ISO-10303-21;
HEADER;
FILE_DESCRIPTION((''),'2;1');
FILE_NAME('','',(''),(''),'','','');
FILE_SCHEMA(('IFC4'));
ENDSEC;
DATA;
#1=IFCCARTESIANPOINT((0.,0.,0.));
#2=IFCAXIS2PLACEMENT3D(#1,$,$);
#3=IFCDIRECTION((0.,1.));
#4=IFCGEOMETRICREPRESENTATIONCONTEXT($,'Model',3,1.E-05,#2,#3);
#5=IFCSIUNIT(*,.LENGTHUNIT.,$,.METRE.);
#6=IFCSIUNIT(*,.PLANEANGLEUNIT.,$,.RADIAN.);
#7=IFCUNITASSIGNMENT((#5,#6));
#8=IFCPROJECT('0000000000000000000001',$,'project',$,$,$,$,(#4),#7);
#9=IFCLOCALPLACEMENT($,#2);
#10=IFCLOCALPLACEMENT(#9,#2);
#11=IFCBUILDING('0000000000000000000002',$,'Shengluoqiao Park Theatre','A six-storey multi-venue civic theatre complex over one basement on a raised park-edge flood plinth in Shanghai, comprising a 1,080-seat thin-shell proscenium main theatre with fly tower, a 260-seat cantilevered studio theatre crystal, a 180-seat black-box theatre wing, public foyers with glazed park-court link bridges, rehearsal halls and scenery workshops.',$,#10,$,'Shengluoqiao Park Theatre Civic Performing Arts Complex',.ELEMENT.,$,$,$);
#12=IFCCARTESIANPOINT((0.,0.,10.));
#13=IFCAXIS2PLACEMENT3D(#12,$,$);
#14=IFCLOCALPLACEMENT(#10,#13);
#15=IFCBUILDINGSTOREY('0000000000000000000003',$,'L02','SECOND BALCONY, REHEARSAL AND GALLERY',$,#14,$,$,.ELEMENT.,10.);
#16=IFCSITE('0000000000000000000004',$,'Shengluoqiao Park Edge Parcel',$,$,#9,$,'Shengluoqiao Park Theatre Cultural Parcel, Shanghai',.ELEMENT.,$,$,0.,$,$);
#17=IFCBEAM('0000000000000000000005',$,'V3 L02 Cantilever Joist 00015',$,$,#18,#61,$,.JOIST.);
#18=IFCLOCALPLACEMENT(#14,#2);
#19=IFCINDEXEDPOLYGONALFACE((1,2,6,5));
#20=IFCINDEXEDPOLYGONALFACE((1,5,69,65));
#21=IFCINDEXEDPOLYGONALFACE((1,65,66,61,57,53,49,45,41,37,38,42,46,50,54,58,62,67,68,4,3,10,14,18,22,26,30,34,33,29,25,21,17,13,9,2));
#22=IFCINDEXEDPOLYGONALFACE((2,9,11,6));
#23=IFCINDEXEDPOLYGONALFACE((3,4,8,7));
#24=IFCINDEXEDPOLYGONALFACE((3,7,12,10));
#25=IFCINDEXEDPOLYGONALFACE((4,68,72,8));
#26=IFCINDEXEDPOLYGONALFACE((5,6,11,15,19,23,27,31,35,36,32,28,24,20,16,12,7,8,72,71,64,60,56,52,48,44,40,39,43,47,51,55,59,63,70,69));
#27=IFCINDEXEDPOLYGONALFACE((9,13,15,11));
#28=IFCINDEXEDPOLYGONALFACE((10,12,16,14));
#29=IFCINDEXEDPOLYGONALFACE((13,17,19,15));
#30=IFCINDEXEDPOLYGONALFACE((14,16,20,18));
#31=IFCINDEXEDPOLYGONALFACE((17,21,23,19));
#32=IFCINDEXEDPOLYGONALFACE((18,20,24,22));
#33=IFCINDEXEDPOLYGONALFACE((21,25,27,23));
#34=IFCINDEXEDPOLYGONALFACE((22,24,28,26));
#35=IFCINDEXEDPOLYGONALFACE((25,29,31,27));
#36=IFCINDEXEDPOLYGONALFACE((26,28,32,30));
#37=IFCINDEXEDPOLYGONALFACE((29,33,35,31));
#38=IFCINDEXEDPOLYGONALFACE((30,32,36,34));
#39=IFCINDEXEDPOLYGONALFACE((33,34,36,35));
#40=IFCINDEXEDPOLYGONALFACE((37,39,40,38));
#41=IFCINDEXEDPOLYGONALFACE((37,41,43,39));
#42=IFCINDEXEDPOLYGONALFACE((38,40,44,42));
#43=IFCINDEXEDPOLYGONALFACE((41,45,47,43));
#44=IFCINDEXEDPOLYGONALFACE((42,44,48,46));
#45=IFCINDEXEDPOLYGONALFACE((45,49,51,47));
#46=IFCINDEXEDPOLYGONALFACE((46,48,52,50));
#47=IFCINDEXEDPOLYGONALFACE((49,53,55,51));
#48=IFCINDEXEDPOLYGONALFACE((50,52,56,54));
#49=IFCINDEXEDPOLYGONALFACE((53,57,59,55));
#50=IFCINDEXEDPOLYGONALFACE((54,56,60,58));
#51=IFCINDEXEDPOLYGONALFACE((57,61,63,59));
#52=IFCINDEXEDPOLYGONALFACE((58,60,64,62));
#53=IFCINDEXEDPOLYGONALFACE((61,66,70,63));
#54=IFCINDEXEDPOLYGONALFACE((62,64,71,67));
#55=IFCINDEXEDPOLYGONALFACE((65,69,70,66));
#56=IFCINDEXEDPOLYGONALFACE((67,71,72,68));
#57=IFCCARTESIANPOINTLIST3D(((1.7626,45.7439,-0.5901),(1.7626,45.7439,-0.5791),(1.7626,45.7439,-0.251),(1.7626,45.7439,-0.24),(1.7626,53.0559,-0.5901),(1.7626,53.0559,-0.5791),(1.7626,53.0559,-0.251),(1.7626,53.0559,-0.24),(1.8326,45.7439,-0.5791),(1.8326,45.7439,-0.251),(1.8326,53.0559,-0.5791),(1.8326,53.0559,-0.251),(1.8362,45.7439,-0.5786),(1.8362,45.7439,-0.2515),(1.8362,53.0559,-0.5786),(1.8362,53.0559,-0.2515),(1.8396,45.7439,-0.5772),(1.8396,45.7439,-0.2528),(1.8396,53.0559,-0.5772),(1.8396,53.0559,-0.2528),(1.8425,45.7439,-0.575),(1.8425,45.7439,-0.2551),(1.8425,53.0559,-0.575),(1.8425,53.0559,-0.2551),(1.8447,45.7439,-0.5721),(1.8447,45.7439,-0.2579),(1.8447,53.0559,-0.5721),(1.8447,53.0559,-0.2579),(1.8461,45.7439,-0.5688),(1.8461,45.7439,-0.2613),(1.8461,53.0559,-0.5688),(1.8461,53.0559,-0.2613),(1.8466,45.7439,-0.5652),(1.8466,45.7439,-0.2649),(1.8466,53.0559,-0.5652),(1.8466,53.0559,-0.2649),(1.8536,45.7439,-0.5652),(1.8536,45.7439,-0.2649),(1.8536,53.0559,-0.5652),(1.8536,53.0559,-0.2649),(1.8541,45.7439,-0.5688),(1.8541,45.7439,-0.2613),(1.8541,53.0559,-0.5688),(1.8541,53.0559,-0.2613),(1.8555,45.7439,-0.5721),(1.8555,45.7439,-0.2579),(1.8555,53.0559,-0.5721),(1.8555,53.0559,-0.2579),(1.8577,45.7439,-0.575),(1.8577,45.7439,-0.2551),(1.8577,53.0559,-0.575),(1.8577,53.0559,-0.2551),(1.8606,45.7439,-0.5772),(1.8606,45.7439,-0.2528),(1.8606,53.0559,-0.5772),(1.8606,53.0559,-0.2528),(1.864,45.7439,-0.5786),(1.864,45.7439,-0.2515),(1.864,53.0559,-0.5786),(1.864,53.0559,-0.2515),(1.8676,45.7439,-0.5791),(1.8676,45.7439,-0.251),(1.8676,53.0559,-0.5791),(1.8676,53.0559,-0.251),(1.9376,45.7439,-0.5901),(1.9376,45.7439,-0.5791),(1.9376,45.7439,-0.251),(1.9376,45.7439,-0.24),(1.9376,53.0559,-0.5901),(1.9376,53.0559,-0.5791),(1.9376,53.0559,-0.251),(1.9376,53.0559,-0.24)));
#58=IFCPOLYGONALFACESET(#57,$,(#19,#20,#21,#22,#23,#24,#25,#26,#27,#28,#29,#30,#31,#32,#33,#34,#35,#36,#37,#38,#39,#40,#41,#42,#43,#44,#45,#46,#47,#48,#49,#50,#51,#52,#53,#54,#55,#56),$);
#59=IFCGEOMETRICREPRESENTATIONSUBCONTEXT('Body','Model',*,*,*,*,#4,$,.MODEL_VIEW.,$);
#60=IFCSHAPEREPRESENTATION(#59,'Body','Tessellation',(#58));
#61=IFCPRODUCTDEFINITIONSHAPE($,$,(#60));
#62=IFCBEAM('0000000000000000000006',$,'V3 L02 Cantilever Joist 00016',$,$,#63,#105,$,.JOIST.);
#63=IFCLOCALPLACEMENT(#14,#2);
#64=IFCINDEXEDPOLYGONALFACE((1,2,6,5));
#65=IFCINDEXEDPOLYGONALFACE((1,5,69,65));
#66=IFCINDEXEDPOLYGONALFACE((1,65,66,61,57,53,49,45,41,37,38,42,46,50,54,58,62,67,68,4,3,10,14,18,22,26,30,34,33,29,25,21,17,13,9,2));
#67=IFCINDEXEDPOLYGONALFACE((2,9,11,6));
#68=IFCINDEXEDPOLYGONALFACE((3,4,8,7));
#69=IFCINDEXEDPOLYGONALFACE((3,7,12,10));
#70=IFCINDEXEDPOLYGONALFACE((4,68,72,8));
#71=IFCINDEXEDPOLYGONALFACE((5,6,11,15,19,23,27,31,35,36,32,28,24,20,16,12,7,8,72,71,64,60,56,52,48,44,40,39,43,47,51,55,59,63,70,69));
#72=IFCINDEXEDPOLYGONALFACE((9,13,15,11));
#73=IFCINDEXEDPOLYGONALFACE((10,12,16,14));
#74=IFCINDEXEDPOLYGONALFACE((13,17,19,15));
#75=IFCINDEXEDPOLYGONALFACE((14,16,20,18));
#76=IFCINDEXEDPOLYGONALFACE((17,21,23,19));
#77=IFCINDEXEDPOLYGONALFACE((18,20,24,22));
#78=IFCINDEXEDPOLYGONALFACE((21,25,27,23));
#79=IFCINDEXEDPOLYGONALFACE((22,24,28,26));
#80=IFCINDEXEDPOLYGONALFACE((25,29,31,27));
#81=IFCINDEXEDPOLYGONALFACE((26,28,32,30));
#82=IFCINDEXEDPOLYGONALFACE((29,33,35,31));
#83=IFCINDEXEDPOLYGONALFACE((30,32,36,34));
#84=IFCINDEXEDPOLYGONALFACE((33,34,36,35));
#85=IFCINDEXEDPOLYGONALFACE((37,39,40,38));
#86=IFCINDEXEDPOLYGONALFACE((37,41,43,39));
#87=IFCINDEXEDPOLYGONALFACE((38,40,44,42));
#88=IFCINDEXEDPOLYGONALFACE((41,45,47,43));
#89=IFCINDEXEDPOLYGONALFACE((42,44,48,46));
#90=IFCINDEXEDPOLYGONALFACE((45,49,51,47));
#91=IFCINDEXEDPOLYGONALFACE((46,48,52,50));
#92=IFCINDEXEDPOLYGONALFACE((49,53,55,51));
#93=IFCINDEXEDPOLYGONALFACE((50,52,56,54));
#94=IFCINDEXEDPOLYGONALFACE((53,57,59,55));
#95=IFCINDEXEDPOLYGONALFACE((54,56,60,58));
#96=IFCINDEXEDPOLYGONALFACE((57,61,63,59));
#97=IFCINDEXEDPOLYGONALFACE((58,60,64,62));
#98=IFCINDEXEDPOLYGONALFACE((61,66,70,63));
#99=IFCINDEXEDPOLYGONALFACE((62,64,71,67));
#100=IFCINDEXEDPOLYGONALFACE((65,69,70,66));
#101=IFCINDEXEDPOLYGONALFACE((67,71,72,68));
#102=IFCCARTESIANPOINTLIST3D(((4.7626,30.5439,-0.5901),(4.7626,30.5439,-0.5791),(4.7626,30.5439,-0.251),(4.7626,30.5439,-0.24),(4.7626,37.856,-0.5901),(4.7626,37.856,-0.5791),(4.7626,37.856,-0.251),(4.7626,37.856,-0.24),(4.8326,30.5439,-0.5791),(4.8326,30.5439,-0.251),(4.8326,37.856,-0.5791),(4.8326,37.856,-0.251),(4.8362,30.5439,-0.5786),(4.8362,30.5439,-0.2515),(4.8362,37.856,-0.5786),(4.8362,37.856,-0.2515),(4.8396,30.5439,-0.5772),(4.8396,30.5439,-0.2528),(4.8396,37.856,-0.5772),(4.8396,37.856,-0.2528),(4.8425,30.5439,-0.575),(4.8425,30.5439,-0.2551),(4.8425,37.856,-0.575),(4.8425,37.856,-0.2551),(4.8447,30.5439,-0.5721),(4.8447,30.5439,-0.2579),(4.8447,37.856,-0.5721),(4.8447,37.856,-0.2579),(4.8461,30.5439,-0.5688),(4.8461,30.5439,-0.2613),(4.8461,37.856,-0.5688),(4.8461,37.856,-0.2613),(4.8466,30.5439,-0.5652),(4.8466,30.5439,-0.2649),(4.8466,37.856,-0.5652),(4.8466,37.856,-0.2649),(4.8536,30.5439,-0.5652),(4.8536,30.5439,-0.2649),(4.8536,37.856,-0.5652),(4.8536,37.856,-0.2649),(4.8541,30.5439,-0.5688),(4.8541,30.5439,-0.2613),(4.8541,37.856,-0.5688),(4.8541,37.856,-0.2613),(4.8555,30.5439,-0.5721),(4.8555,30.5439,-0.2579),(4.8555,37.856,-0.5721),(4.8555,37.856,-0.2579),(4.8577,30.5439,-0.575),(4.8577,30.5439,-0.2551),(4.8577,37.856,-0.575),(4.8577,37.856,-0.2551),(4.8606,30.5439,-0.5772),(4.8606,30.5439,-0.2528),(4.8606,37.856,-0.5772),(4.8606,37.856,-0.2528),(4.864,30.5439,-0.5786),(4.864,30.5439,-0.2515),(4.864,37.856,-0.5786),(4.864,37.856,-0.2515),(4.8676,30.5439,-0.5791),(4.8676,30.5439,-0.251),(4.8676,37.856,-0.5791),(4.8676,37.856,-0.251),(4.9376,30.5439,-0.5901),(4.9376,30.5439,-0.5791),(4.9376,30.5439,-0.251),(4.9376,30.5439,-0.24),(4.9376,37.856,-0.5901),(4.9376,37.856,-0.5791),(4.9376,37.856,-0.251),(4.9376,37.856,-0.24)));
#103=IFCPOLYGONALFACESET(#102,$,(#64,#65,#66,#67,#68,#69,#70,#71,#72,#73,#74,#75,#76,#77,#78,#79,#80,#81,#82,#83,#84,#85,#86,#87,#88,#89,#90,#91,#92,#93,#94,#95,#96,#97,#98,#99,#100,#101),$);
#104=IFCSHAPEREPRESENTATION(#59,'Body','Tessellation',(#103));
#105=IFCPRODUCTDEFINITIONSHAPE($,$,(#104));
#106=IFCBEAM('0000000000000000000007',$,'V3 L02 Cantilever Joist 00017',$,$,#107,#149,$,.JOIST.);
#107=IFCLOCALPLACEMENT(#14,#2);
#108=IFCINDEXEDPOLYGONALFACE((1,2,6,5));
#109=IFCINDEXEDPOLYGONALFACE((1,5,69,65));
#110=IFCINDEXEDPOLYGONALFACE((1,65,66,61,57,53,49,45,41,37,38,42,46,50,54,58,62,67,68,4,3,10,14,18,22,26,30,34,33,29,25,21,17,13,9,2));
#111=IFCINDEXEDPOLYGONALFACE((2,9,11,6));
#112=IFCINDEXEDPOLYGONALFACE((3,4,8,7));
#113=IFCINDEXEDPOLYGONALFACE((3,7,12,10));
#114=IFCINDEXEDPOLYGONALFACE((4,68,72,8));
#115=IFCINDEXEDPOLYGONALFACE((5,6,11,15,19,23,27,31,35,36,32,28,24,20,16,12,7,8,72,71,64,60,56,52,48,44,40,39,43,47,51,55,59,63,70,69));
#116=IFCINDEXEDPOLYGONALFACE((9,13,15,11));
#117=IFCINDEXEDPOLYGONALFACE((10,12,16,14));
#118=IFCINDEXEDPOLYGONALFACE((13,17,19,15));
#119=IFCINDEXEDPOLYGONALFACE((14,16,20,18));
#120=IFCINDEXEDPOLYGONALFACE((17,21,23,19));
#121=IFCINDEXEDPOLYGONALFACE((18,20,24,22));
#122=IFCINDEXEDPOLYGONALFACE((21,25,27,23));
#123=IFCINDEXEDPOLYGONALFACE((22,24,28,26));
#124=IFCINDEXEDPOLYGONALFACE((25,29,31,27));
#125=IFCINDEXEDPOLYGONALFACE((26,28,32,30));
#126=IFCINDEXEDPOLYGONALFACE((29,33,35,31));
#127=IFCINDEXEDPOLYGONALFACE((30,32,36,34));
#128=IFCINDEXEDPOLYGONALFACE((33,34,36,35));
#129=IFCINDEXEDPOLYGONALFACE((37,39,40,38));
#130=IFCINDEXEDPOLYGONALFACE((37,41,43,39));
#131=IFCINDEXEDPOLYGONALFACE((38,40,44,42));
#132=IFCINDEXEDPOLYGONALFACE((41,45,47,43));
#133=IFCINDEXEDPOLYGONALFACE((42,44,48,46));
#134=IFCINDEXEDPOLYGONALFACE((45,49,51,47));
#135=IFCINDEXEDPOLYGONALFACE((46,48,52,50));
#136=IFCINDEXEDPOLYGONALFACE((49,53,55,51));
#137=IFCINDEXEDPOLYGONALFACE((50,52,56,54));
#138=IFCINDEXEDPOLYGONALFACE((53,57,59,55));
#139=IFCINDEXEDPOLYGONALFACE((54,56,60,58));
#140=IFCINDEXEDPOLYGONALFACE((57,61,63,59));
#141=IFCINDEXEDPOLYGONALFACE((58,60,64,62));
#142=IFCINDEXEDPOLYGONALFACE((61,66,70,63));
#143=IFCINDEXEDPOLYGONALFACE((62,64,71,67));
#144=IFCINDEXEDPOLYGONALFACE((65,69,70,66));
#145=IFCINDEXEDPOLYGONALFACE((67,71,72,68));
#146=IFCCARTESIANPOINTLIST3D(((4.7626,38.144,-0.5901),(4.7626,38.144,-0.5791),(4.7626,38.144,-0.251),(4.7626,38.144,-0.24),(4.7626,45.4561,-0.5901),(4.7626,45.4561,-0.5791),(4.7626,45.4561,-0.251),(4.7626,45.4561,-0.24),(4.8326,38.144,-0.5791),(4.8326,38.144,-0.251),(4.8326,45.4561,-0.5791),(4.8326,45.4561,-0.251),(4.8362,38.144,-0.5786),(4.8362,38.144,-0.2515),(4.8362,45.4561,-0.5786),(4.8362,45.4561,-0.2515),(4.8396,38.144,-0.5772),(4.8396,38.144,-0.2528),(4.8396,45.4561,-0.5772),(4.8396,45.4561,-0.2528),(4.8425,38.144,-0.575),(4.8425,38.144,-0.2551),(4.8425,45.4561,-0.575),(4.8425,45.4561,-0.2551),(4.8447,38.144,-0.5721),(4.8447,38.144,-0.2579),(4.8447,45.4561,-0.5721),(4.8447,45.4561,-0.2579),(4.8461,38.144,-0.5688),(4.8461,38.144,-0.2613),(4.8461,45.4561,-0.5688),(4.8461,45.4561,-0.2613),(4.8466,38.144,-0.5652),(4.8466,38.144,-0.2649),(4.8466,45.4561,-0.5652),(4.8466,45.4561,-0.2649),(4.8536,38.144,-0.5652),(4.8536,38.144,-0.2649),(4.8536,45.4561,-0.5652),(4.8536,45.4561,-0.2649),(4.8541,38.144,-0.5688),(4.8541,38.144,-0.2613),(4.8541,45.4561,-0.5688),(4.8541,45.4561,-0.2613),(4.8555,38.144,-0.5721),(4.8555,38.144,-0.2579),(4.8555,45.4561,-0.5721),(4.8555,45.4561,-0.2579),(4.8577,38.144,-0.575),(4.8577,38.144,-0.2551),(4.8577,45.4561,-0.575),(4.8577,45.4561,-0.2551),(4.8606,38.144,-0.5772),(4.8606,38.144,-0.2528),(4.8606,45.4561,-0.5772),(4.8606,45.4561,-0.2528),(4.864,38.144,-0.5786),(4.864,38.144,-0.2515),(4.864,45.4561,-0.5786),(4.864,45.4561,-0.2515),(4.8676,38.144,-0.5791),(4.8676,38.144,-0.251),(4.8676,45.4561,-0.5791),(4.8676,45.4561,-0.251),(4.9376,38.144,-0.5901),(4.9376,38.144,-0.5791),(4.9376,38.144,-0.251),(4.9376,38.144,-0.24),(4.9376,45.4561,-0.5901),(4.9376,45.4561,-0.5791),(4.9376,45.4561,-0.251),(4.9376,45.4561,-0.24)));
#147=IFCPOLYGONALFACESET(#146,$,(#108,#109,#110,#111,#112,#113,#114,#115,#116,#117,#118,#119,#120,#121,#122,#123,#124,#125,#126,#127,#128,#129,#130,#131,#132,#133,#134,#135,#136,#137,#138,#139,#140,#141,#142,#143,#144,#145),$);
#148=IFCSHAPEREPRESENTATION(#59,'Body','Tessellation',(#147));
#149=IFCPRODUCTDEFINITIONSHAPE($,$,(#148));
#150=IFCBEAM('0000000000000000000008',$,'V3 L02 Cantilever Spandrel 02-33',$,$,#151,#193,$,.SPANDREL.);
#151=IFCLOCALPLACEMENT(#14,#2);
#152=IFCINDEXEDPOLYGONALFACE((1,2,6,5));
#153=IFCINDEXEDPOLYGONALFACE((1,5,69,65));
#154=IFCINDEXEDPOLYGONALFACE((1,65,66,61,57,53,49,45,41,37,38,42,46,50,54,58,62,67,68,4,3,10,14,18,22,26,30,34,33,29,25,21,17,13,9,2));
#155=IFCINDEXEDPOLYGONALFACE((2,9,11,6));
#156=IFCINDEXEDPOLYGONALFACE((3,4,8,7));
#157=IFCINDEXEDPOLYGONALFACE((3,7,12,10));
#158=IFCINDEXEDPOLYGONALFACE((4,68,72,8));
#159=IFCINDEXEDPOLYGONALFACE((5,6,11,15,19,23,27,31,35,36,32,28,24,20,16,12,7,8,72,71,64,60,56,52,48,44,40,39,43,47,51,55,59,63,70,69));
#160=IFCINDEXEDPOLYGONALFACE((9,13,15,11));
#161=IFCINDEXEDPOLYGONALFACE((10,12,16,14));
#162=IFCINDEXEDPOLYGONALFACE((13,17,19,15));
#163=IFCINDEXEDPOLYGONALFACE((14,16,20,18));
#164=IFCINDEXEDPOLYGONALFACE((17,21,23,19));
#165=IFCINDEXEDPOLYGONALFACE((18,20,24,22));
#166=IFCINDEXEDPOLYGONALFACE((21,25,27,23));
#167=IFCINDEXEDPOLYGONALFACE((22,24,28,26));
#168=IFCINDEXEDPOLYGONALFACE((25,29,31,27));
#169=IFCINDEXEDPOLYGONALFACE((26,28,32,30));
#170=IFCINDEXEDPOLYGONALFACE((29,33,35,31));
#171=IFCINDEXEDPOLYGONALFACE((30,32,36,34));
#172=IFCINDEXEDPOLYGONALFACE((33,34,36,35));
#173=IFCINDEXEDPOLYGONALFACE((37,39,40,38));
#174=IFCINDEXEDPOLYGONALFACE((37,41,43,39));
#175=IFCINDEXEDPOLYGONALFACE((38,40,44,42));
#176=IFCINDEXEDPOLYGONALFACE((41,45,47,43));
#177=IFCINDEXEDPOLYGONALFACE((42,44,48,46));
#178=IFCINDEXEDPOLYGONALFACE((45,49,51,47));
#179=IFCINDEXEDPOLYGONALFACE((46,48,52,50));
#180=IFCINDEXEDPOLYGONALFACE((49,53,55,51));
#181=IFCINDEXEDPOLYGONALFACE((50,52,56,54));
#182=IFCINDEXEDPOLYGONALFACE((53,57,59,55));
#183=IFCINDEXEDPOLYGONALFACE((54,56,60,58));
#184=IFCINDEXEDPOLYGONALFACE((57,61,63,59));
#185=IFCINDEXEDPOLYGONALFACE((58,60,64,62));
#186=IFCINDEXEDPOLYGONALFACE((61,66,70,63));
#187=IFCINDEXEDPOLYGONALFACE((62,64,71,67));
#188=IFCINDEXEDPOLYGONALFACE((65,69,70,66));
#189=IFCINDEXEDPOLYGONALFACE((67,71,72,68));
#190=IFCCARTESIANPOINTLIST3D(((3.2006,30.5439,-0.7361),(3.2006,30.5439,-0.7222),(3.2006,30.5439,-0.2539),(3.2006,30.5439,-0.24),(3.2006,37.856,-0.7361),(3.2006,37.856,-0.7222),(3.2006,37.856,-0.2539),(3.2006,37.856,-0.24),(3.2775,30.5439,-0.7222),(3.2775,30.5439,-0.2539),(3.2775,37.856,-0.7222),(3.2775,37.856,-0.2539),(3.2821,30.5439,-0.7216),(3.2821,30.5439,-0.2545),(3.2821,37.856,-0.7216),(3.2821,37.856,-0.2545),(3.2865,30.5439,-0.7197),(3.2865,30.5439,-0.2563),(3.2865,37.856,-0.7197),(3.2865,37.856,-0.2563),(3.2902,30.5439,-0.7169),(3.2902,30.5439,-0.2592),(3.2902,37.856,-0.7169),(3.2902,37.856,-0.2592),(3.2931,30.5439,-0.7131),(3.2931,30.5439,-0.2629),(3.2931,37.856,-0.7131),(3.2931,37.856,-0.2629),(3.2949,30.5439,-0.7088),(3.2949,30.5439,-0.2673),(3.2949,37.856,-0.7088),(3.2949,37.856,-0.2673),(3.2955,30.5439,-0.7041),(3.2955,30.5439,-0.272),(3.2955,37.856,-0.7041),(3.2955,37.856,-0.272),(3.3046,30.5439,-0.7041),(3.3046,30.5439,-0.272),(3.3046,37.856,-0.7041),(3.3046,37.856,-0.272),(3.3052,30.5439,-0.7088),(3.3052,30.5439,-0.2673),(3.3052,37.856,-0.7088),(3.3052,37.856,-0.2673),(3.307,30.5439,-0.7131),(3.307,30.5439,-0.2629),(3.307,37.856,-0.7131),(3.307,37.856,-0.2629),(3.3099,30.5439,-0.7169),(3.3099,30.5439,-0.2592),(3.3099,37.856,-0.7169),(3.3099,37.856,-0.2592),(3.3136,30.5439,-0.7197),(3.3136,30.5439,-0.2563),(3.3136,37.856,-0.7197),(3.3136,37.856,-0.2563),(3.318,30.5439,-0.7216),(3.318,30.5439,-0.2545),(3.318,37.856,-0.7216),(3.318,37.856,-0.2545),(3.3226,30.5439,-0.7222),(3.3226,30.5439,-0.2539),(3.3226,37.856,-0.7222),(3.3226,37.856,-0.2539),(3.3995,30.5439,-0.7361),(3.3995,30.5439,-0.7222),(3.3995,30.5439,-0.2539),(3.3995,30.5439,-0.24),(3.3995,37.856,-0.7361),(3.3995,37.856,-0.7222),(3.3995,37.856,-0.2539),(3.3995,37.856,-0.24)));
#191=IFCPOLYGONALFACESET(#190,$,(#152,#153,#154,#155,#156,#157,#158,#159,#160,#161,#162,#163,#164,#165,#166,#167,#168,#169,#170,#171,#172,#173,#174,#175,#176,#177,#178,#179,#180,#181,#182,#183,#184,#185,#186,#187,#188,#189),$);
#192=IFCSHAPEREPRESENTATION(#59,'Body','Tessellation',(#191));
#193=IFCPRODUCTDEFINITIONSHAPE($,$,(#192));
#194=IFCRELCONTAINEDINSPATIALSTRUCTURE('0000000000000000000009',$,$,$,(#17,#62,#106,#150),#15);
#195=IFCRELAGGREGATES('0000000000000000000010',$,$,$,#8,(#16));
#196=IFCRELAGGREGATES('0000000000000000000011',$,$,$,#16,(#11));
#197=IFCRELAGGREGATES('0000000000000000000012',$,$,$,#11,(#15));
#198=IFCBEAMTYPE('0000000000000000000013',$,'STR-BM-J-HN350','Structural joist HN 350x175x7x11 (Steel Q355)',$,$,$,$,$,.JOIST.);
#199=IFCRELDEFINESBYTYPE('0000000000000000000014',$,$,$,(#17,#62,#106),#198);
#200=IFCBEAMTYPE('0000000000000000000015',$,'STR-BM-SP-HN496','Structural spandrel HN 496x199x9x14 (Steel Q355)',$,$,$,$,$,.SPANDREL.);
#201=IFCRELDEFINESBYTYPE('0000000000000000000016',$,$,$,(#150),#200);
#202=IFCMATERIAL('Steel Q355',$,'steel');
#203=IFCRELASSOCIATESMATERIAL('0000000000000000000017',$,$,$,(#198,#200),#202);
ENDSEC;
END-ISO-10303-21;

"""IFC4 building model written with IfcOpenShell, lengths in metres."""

from ifc_helpers import new_model, si_unit, direction, frame, origin, origin_2d, place, context, subcontext, project, spatial, i_section, extrude, material, material_profile, profile_set, type_object, element, save


model = new_model("IFC4")

# Units and contexts
model_context = context("Model", 3, precision=1e-05, world=origin(), true_north=direction((0.0, 1.0)))
body_context = subcontext(model_context, "Body", "Model", "MODEL_VIEW")
ifc_project = project(units=[si_unit("LENGTHUNIT", "METRE"), si_unit("PLANEANGLEUNIT", "RADIAN")], contexts=[model_context])

# Site, building, storey
site_placement = place(None, origin())
site = spatial("IfcSite", under=ifc_project, at=site_placement, Name="Shengluoqiao Park Edge Parcel", LongName="Shengluoqiao Park Theatre Cultural Parcel, Shanghai", CompositionType="ELEMENT", RefElevation=0.0)
building_placement = place(site_placement, origin())
building = spatial("IfcBuilding", under=site, at=building_placement, Name="Shengluoqiao Park Theatre", Description="A six-storey multi-venue civic theatre complex over one basement on a raised park-edge flood plinth in Shanghai, comprising a 1,080-seat thin-shell proscenium main theatre with fly tower, a 260-seat cantilevered studio theatre crystal, a 180-seat black-box theatre wing, public foyers with glazed park-court link bridges, rehearsal halls and scenery workshops.", LongName="Shengluoqiao Park Theatre Civic Performing Arts Complex", CompositionType="ELEMENT")
storey_placement = place(building_placement, frame((0.0, 0.0, 10.0)))
storey = spatial("IfcBuildingStorey", under=building, at=storey_placement, Name="L02", Description="SECOND BALCONY, REHEARSAL AND GALLERY", CompositionType="ELEMENT", Elevation=10.0)

# Shared definitions
ifc_material_1 = material(Name="Steel Q355", Category="steel")

# Beams
ifc_material_profile_1 = material_profile(ifc_material_1, i_section(OverallWidth=0.175, OverallDepth=0.3501, WebThickness=0.0071, FlangeThickness=0.011, FilletRadius=0.0139, at=origin_2d()), Name="HN 350x175x7x11")
ifc_profile_set_1 = profile_set([ifc_material_profile_1], Name="Steel Q355")
beam_type_1 = type_object("IfcBeamType", Name="STR-BM-J-HN350", Description="Structural joist HN 350x175x7x11 (Steel Q355)", PredefinedType="JOIST", material=ifc_profile_set_1)
for number, where, z_axis, x_axis, name in (
    (1, (1.8501, 45.7439, -0.415), (0.0, 1.0, 0.0), (-1.0, 0.0, 0.0), "V3 L02 Cantilever Joist 00015"),
    (2, (4.8501, 30.5439, -0.415), (0.0, 1.0, 0.0), (-1.0, 0.0, 0.0), "V3 L02 Cantilever Joist 00016"),
    (3, (4.8501, 38.144, -0.415), (0.0, 1.0, 0.0), (-1.0, 0.0, 0.0), "V3 L02 Cantilever Joist 00017"),
):
    element("IfcBeam", number, at=place(storey_placement, frame(where, z_axis=z_axis, x_axis=x_axis)), inside=storey, type_object=beam_type_1, Name=name, PredefinedType="JOIST", context=body_context, shape_type="SweptSolid", body=[
        extrude(i_section(OverallWidth=0.175, OverallDepth=0.3501, WebThickness=0.0071, FlangeThickness=0.011, FilletRadius=0.0139, at=origin_2d()), origin(), (0.0, 0.0, 1.0), 7.312),
    ])
ifc_material_profile_2 = material_profile(ifc_material_1, i_section(OverallWidth=0.199, OverallDepth=0.4961, WebThickness=0.009, FlangeThickness=0.0139, FilletRadius=0.0181, at=origin_2d()), Name="HN 496x199x9x14")
ifc_profile_set_2 = profile_set([ifc_material_profile_2], Name="Steel Q355")
beam_type_2 = type_object("IfcBeamType", Name="STR-BM-SP-HN496", Description="Structural spandrel HN 496x199x9x14 (Steel Q355)", PredefinedType="SPANDREL", material=ifc_profile_set_2)
for number, where, z_axis, x_axis, name in (
    (4, (3.3, 30.5439, -0.488), (0.0, 1.0, 0.0), (-1.0, 0.0, 0.0), "V3 L02 Cantilever Spandrel 02-33"),
):
    element("IfcBeam", number, at=place(storey_placement, frame(where, z_axis=z_axis, x_axis=x_axis)), inside=storey, type_object=beam_type_2, Name=name, PredefinedType="SPANDREL", context=body_context, shape_type="SweptSolid", body=[
        extrude(i_section(OverallWidth=0.199, OverallDepth=0.4961, WebThickness=0.009, FlangeThickness=0.0139, FilletRadius=0.0181, at=origin_2d()), origin(), (0.0, 0.0, 1.0), 7.312),
    ])

save(model, "model.ifc")
